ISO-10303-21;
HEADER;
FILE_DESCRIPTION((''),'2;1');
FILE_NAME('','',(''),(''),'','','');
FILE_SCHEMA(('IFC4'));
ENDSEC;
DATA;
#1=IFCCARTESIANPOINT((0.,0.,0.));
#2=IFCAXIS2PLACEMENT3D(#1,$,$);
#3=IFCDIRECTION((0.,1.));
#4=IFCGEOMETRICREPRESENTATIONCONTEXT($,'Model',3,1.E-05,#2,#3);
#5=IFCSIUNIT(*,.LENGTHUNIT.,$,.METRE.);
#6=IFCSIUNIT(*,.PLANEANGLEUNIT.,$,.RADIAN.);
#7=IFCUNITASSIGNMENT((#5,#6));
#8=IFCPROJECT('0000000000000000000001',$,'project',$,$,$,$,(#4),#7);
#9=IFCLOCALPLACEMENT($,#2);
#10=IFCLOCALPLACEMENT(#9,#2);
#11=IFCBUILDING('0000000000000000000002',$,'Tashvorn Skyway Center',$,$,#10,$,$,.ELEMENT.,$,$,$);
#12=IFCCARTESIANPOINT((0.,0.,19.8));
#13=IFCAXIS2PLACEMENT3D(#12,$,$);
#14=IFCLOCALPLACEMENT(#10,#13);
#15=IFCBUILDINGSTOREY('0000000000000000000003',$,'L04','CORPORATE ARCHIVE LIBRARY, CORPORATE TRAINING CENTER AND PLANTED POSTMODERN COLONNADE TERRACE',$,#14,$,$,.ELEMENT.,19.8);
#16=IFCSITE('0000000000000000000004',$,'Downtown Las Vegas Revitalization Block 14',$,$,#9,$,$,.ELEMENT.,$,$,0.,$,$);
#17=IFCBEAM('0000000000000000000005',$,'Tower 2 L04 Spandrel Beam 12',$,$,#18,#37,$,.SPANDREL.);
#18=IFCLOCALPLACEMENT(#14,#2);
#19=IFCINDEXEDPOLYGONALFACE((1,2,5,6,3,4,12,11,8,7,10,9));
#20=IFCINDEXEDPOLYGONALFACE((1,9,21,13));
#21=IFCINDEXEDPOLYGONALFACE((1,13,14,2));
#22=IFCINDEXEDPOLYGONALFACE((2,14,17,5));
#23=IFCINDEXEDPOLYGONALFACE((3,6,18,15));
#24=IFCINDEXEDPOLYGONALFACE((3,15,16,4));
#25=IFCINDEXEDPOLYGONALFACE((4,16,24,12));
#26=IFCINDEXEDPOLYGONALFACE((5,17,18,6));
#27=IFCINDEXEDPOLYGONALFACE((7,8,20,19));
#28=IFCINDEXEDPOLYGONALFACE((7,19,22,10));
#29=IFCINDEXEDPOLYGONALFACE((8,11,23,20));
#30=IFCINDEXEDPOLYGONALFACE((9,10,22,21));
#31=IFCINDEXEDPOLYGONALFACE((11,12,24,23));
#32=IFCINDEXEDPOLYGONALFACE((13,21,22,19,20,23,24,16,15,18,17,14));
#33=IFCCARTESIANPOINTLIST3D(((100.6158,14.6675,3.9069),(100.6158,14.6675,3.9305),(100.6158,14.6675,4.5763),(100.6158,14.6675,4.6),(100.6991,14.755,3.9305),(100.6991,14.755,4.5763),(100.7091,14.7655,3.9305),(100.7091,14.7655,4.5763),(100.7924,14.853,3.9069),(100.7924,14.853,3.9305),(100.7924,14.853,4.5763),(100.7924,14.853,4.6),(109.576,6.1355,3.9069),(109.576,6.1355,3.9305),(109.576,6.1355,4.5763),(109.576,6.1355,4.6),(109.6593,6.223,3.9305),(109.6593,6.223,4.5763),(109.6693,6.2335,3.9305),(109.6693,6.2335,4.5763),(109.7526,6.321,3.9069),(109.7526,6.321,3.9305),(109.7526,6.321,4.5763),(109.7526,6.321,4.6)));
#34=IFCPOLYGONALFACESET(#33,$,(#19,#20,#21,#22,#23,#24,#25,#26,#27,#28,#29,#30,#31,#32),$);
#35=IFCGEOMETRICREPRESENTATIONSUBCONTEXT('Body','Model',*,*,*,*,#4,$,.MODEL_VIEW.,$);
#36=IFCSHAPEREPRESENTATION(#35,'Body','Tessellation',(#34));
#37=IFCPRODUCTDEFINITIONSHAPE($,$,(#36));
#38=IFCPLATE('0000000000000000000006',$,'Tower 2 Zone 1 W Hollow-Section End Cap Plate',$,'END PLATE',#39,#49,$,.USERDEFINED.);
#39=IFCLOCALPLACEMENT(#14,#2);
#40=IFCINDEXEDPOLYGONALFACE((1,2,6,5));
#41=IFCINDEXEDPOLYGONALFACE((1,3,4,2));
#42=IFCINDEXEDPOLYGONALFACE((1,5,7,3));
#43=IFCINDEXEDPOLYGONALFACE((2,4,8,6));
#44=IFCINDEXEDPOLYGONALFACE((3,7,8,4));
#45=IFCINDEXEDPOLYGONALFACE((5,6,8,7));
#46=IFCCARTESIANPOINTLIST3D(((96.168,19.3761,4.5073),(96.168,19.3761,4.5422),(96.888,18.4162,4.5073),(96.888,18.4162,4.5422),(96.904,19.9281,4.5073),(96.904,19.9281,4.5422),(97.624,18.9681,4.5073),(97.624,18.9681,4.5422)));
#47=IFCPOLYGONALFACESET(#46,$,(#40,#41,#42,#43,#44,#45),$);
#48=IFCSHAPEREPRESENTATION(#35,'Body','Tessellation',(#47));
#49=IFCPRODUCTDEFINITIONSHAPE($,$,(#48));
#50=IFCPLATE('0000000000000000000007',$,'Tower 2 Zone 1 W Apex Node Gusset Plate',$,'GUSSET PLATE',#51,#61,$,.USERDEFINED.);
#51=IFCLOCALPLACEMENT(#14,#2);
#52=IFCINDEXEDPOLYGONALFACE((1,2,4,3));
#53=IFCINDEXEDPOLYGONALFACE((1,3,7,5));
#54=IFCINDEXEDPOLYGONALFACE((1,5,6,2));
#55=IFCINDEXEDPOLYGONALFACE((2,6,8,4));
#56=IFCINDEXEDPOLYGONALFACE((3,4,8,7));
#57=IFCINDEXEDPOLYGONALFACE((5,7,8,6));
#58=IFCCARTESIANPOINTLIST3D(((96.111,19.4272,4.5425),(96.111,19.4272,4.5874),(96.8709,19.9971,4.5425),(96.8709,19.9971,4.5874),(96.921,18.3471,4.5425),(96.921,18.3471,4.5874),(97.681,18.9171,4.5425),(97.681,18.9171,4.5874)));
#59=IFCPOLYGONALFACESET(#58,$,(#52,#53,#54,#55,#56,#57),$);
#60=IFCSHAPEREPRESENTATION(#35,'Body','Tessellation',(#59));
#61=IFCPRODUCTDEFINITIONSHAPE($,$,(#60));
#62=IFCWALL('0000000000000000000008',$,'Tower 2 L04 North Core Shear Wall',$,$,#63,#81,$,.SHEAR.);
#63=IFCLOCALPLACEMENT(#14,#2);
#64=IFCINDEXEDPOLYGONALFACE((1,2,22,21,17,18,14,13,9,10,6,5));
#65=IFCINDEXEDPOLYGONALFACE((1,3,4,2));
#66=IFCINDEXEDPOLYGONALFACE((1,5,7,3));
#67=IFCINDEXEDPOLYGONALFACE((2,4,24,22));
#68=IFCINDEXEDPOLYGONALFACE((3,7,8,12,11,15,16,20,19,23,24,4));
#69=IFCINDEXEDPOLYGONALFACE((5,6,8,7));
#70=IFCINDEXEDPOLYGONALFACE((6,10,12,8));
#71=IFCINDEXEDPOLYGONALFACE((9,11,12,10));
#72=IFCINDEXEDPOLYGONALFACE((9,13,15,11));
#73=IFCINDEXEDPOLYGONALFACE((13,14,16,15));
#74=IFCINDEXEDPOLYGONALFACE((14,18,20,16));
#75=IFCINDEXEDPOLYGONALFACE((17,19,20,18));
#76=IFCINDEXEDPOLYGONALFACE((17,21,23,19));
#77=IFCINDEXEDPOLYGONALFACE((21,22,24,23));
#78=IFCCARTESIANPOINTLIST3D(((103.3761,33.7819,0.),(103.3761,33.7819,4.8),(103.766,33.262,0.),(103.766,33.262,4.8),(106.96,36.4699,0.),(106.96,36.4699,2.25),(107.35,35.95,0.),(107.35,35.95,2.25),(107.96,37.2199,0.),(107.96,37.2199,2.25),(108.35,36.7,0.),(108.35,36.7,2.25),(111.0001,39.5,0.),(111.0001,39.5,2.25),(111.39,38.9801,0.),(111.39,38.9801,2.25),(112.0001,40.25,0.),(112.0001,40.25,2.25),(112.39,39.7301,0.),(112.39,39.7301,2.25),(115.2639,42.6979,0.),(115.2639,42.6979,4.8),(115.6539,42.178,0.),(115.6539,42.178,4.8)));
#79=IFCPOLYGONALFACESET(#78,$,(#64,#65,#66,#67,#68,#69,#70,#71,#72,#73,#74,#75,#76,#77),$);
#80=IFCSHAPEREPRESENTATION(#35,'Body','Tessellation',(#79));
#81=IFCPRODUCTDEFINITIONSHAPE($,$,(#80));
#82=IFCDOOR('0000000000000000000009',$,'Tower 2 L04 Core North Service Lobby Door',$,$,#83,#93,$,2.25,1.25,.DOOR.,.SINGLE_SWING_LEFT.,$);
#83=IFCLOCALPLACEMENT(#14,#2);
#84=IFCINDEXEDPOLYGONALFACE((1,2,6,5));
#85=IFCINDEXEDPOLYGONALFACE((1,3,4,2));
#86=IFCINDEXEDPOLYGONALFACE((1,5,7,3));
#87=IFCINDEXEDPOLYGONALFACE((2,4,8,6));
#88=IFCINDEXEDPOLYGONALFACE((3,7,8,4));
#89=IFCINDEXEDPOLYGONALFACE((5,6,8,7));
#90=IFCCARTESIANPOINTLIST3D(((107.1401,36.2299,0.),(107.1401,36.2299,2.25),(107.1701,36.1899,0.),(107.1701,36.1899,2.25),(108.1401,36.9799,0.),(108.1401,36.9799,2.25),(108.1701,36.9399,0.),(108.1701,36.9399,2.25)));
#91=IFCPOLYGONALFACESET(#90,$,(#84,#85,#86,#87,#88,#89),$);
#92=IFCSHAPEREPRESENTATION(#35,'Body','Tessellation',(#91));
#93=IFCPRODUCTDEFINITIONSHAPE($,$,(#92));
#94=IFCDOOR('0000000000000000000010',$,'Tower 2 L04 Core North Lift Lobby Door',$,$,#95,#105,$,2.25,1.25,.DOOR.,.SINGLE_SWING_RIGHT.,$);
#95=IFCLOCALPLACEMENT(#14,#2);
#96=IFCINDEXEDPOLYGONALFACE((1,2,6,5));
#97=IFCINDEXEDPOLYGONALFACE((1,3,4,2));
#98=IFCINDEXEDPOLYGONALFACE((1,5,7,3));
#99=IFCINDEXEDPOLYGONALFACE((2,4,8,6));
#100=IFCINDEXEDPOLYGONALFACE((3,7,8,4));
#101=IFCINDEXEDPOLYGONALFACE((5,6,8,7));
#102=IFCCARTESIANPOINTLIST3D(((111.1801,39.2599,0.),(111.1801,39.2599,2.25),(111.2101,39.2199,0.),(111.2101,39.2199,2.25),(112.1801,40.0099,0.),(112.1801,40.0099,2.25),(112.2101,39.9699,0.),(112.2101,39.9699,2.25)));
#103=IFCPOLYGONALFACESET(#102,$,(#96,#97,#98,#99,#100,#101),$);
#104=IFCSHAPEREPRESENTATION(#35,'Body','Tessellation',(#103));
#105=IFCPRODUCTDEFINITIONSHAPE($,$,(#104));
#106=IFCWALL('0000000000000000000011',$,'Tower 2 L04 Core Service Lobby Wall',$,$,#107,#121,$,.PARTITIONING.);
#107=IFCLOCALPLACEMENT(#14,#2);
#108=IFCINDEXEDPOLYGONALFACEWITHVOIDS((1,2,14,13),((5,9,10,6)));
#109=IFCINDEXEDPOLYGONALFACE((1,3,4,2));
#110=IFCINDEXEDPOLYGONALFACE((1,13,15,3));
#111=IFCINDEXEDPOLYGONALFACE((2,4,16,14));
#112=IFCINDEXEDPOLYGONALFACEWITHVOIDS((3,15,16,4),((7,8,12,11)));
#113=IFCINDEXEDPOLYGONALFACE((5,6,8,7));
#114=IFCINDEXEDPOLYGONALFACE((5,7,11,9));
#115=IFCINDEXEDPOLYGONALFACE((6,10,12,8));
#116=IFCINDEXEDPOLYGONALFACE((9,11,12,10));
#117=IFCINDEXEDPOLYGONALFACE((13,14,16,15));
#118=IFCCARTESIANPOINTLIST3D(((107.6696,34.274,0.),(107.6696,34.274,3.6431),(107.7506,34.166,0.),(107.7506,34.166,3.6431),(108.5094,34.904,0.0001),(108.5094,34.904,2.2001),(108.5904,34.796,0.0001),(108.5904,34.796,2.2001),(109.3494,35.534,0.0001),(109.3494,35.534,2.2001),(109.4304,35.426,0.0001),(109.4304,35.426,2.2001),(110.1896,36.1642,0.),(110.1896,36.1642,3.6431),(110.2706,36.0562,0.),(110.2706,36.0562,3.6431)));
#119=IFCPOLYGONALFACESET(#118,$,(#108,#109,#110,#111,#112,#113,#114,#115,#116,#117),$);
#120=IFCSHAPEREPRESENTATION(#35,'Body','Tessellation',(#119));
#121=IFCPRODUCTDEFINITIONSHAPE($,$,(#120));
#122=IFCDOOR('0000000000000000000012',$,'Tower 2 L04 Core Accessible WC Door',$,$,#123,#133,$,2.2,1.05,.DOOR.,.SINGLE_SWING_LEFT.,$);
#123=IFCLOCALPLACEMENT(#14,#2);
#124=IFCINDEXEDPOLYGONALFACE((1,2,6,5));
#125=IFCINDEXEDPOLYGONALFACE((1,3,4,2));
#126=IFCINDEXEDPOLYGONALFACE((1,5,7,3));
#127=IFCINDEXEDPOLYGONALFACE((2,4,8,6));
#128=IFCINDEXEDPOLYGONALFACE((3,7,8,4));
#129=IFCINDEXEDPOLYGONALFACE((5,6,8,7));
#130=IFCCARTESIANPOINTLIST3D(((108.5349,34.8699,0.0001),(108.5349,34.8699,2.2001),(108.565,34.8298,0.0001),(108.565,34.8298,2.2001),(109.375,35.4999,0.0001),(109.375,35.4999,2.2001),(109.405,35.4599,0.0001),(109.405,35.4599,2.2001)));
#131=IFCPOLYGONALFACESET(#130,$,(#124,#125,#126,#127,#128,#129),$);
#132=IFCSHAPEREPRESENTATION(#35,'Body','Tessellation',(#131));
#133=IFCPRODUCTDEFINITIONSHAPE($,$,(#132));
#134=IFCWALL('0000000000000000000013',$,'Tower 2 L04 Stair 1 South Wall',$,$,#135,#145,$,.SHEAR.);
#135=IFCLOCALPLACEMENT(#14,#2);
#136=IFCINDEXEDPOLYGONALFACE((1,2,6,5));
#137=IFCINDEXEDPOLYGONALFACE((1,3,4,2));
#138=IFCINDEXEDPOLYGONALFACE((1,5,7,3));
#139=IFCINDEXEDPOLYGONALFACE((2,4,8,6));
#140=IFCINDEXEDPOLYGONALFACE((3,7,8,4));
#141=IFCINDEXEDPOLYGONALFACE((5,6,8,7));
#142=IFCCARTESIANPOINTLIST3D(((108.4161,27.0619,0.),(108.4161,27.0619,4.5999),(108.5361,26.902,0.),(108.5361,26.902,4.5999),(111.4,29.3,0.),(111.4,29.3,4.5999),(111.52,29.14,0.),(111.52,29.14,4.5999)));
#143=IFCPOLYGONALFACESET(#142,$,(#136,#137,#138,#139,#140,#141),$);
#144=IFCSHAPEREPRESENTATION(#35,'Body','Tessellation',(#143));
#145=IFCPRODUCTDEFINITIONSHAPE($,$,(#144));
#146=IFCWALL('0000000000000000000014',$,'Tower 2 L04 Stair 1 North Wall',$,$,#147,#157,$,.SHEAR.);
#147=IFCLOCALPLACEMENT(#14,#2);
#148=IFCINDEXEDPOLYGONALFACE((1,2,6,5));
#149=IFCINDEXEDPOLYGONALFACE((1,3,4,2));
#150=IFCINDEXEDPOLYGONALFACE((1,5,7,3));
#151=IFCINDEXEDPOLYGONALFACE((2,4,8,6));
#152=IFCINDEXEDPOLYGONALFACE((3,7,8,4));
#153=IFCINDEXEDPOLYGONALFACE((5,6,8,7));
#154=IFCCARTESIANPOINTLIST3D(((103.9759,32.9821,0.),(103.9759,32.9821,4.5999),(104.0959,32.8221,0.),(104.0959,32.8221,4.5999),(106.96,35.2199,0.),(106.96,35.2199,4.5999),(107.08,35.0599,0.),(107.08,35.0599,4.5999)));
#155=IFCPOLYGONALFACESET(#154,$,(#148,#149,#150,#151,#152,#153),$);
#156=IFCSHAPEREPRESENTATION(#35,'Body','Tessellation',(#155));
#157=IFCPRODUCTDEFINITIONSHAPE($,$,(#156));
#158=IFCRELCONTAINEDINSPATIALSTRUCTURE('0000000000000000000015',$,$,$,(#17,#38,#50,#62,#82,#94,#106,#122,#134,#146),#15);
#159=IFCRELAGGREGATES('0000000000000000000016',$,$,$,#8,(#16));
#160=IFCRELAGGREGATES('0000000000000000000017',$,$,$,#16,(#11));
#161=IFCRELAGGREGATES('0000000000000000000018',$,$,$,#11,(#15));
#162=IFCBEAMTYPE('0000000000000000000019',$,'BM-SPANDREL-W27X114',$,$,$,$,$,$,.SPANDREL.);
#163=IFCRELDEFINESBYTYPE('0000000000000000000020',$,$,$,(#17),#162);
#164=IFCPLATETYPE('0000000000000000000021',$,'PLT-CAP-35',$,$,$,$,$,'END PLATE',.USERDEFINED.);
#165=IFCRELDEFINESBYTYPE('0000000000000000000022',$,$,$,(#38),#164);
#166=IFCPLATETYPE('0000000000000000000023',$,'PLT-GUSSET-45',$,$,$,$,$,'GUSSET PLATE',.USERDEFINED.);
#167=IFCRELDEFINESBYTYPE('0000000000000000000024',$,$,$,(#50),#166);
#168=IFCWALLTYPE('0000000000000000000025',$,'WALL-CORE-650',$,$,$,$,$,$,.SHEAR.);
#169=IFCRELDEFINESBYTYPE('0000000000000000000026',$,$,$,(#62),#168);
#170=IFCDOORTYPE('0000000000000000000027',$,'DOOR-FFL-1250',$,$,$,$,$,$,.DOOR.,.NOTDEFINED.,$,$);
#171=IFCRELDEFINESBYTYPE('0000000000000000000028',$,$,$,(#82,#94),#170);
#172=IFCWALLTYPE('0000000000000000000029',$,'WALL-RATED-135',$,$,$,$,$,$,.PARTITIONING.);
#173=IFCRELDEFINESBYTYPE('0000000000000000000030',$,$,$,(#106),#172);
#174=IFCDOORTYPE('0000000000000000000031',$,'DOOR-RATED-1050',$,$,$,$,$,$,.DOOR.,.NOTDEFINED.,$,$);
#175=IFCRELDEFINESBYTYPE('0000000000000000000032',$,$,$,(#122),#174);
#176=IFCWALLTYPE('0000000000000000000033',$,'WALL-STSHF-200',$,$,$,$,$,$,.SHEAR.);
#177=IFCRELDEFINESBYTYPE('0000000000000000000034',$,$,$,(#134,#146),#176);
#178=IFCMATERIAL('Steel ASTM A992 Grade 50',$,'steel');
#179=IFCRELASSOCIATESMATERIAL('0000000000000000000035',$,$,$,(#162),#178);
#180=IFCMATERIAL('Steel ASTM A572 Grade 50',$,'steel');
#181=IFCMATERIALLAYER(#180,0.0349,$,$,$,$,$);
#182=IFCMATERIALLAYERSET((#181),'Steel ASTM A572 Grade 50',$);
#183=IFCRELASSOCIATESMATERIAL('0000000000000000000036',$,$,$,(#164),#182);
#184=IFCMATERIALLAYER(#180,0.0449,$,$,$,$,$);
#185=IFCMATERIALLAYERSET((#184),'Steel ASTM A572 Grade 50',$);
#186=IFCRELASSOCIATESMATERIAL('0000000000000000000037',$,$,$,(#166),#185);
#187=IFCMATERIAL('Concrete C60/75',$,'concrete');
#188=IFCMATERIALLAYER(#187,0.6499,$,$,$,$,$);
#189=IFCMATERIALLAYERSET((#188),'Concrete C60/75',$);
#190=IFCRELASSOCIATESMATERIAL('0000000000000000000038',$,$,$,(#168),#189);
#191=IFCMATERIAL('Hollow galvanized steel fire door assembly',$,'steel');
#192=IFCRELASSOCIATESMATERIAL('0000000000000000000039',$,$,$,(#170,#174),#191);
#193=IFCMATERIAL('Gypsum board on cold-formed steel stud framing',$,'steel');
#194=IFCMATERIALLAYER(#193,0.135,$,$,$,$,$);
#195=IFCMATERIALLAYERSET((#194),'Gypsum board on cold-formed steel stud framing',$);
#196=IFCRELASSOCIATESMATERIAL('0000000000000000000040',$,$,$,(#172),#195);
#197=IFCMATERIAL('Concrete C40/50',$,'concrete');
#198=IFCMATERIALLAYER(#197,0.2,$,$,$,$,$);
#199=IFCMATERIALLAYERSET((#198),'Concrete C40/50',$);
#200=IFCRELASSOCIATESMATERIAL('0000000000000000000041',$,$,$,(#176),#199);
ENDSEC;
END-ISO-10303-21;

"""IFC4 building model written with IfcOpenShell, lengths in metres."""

from ifc_helpers import new_model, si_unit, direction, frame, frame_2d, origin, origin_2d, place, context, subcontext, project, spatial, rectangle, i_section, extrude, material, layer, layer_set, material_profile, profile_set, type_object, element, fill, save


model = new_model("IFC4")

# Units and contexts
model_context = context("Model", 3, precision=1e-05, world=origin(), true_north=direction((0.0, 1.0)))
body_context = subcontext(model_context, "Body", "Model", "MODEL_VIEW")
ifc_project = project(units=[si_unit("LENGTHUNIT", "METRE"), si_unit("PLANEANGLEUNIT", "RADIAN")], contexts=[model_context])

# Site, building, storey
site_placement = place(None, origin())
site = spatial("IfcSite", under=ifc_project, at=site_placement, Name="Downtown Las Vegas Revitalization Block 14", CompositionType="ELEMENT", RefElevation=0.0)
building_placement = place(site_placement, origin())
building = spatial("IfcBuilding", under=site, at=building_placement, Name="Tashvorn Skyway Center", CompositionType="ELEMENT")
storey_placement = place(building_placement, frame((0.0, 0.0, 19.8)))
storey = spatial("IfcBuildingStorey", under=building, at=storey_placement, Name="L04", Description="CORPORATE ARCHIVE LIBRARY, CORPORATE TRAINING CENTER AND PLANTED POSTMODERN COLONNADE TERRACE", CompositionType="ELEMENT", Elevation=19.8)

# Shared definitions
ifc_material_1 = material(Name="Steel ASTM A572 Grade 50", Category="steel")

# Beam
ifc_material_2 = material(Name="Steel ASTM A992 Grade 50", Category="steel")
ifc_material_profile_1 = material_profile(ifc_material_2, i_section(OverallWidth=0.2561, OverallDepth=0.6931, WebThickness=0.0144, FlangeThickness=0.0237, at=origin_2d()), Name="W27X114")
ifc_profile_set_1 = profile_set([ifc_material_profile_1], Name="Steel ASTM A992 Grade 50")
beam_type_1 = type_object("IfcBeamType", Name="BM-SPANDREL-W27X114", PredefinedType="SPANDREL", material=ifc_profile_set_1)
beam_1_placement = place(storey_placement, frame((100.7041, 14.7603, 4.2534), z_axis=(0.7242, -0.68959, 0.0), x_axis=(0.68959, 0.7242, 0.0)))
element("IfcBeam", 1, at=beam_1_placement, inside=storey, type_object=beam_type_1, Name="Tower 2 L04 Spandrel Beam 12", PredefinedType="SPANDREL", context=body_context, shape_type="SweptSolid", body=[
    extrude(i_section(OverallWidth=0.2561, OverallDepth=0.6931, WebThickness=0.0144, FlangeThickness=0.0237, at=origin_2d()), origin(), (0.0, 0.0, 1.0), 12.3726),
])

# Plates
ifc_layer_1 = layer(ifc_material_1, 0.0349)
ifc_layer_set_1 = layer_set([ifc_layer_1], Name="Steel ASTM A572 Grade 50")
plate_type_1 = type_object("IfcPlateType", Name="PLT-CAP-35", ElementType="END PLATE", PredefinedType="USERDEFINED", material=ifc_layer_set_1)
plate_1_placement = place(storey_placement, frame((96.896, 19.1721, 4.5073), z_axis=(0.0, 0.0, 1.0), x_axis=(0.6, -0.8, 0.0)))
element("IfcPlate", 2, at=plate_1_placement, inside=storey, type_object=plate_type_1, Name="Tower 2 Zone 1 W Hollow-Section End Cap Plate", ObjectType="END PLATE", PredefinedType="USERDEFINED", context=body_context, shape_type="SweptSolid", body=[
    extrude(rectangle(XDim=1.2, YDim=0.9199, at=origin_2d()), origin(), (0.0, 0.0, 1.0), 0.0349),
])
ifc_layer_2 = layer(ifc_material_1, 0.0449)
ifc_layer_set_2 = layer_set([ifc_layer_2], Name="Steel ASTM A572 Grade 50")
plate_type_2 = type_object("IfcPlateType", Name="PLT-GUSSET-45", ElementType="GUSSET PLATE", PredefinedType="USERDEFINED", material=ifc_layer_set_2)
plate_2_placement = place(storey_placement, frame((96.896, 19.1721, 4.5425), z_axis=(0.0, 0.0, 1.0), x_axis=(0.6, -0.8, 0.0)))
element("IfcPlate", 3, at=plate_2_placement, inside=storey, type_object=plate_type_2, Name="Tower 2 Zone 1 W Apex Node Gusset Plate", ObjectType="GUSSET PLATE", PredefinedType="USERDEFINED", context=body_context, shape_type="SweptSolid", body=[
    extrude(rectangle(XDim=1.3501, YDim=0.95, at=origin_2d()), origin(), (0.0, 0.0, 1.0), 0.0449),
])

# Wall, openings, doors
ifc_material_3 = material(Name="Concrete C60/75", Category="concrete")
ifc_layer_3 = layer(ifc_material_3, 0.6499)
ifc_layer_set_3 = layer_set([ifc_layer_3], Name="Concrete C60/75")
wall_type_1 = type_object("IfcWallType", Name="WALL-CORE-650", PredefinedType="SHEAR", material=ifc_layer_set_3)
wall_1_placement = place(storey_placement, frame((103.571, 33.522, 0.0), z_axis=(0.0, 0.0, 1.0), x_axis=(0.799998, 0.600003, 0.0)))
wall_1 = element("IfcWall", 4, at=wall_1_placement, inside=storey, type_object=wall_type_1, Name="Tower 2 L04 North Core Shear Wall", PredefinedType="SHEAR", context=body_context, shape_type="SweptSolid", body=[
    extrude(rectangle(XDim=14.8599, YDim=0.6499, at=frame_2d((7.4299, 0.0))), origin(), (0.0, 0.0, 1.0), 4.8),
])
opening_1_placement = place(wall_1_placement, frame((4.48, 0.0, 0.0)))
opening_1 = element("IfcOpeningElement", 5, at=opening_1_placement, cuts=wall_1, PredefinedType="OPENING", context=body_context, shape_type="SweptSolid", body=[
    extrude(rectangle(XDim=1.25, YDim=2.25, at=frame_2d((0.625, 1.125))), frame((0.0, 0.335, 0.0), z_axis=(0.0, -1.0, 0.0), x_axis=(1.0, 0.0, 0.0)), (0.0, 0.0, 1.0), 0.6699),
])
opening_2_placement = place(wall_1_placement, frame((9.53, 0.0, 0.0)))
opening_2 = element("IfcOpeningElement", 6, at=opening_2_placement, cuts=wall_1, PredefinedType="OPENING", context=body_context, shape_type="SweptSolid", body=[
    extrude(rectangle(XDim=1.25, YDim=2.25, at=frame_2d((0.625, 1.125))), frame((0.0, 0.335, 0.0), z_axis=(0.0, -1.0, 0.0), x_axis=(1.0, 0.0, 0.0)), (0.0, 0.0, 1.0), 0.6699),
])
ifc_material_4 = material(Name="Hollow galvanized steel fire door assembly", Category="steel")
door_type_1 = type_object("IfcDoorType", Name="DOOR-FFL-1250", OperationType="NOTDEFINED", PredefinedType="DOOR", material=ifc_material_4)
door_1_placement = place(opening_1_placement, origin())
door_1 = element("IfcDoor", 7, at=door_1_placement, inside=storey, type_object=door_type_1, Name="Tower 2 L04 Core North Service Lobby Door", OperationType="SINGLE_SWING_LEFT", OverallHeight=2.25, OverallWidth=1.25, PredefinedType="DOOR", context=body_context, shape_type="SweptSolid", body=[
    extrude(rectangle(XDim=1.25, YDim=2.25, at=frame_2d((0.625, 1.125))), frame((0.0, 0.0249, 0.0), z_axis=(0.0, -1.0, 0.0), x_axis=(1.0, 0.0, 0.0)), (0.0, 0.0, 1.0), 0.05),
])
fill(opening_1, door_1)
door_2_placement = place(opening_2_placement, origin())
door_2 = element("IfcDoor", 8, at=door_2_placement, inside=storey, type_object=door_type_1, Name="Tower 2 L04 Core North Lift Lobby Door", OperationType="SINGLE_SWING_RIGHT", OverallHeight=2.25, OverallWidth=1.25, PredefinedType="DOOR", context=body_context, shape_type="SweptSolid", body=[
    extrude(rectangle(XDim=1.25, YDim=2.25, at=frame_2d((0.625, 1.125))), frame((0.0, 0.0249, 0.0), z_axis=(0.0, -1.0, 0.0), x_axis=(1.0, 0.0, 0.0)), (0.0, 0.0, 1.0), 0.05),
])
fill(opening_2, door_2)

# Wall, opening, door
ifc_material_5 = material(Name="Gypsum board on cold-formed steel stud framing", Category="steel")
ifc_layer_4 = layer(ifc_material_5, 0.135)
ifc_layer_set_4 = layer_set([ifc_layer_4], Name="Gypsum board on cold-formed steel stud framing")
wall_type_2 = type_object("IfcWallType", Name="WALL-RATED-135", PredefinedType="PARTITIONING", material=ifc_layer_set_4)
wall_2_placement = place(storey_placement, frame((107.71, 34.22, 0.0), z_axis=(0.0, 0.0, 1.0), x_axis=(0.799981, 0.600025, 0.0)))
wall_2 = element("IfcWall", 9, at=wall_2_placement, inside=storey, type_object=wall_type_2, Name="Tower 2 L04 Core Service Lobby Wall", PredefinedType="PARTITIONING", context=body_context, shape_type="SweptSolid", body=[
    extrude(rectangle(XDim=3.1501, YDim=0.135, at=frame_2d((1.5752, 0.0))), origin(), (0.0, 0.0, 1.0), 3.6431),
])
opening_3_placement = place(wall_2_placement, frame((1.05, 0.0, 0.0)))
opening_3 = element("IfcOpeningElement", 10, at=opening_3_placement, cuts=wall_2, PredefinedType="OPENING", context=body_context, shape_type="SweptSolid", body=[
    extrude(rectangle(XDim=1.05, YDim=2.2, at=frame_2d((0.5249, 1.1001))), frame((0.0, 0.0774, 0.0), z_axis=(0.0, -1.0, 0.0), x_axis=(1.0, 0.0, 0.0)), (0.0, 0.0, 1.0), 0.155),
])
door_type_2 = type_object("IfcDoorType", Name="DOOR-RATED-1050", OperationType="NOTDEFINED", PredefinedType="DOOR", material=ifc_material_4)
door_3_placement = place(opening_3_placement, origin())
door_3 = element("IfcDoor", 11, at=door_3_placement, inside=storey, type_object=door_type_2, Name="Tower 2 L04 Core Accessible WC Door", OperationType="SINGLE_SWING_LEFT", OverallHeight=2.2, OverallWidth=1.05, PredefinedType="DOOR", context=body_context, shape_type="SweptSolid", body=[
    extrude(rectangle(XDim=1.05, YDim=2.2, at=frame_2d((0.5249, 1.1001))), frame((0.0, 0.0249, 0.0), z_axis=(0.0, -1.0, 0.0), x_axis=(1.0, 0.0, 0.0)), (0.0, 0.0, 1.0), 0.05),
])
fill(opening_3, door_3)

# Walls
ifc_material_6 = material(Name="Concrete C40/50", Category="concrete")
ifc_layer_5 = layer(ifc_material_6, 0.2)
ifc_layer_set_5 = layer_set([ifc_layer_5], Name="Concrete C40/50")
wall_type_3 = type_object("IfcWallType", Name="WALL-STSHF-200", PredefinedType="SHEAR", material=ifc_layer_set_5)
for number, where, z_axis, x_axis, name in (
    (12, (108.4761, 26.9819, 0.0), (0.0, 0.0, 1.0), (0.799984, 0.600021, 0.0), "Tower 2 L04 Stair 1 South Wall"),
    (13, (104.0359, 32.9021, 0.0), (0.0, 0.0, 1.0), (0.800039, 0.599948, 0.0), "Tower 2 L04 Stair 1 North Wall"),
):
    element("IfcWall", number, at=place(storey_placement, frame(where, z_axis=z_axis, x_axis=x_axis)), inside=storey, type_object=wall_type_3, Name=name, PredefinedType="SHEAR", context=body_context, shape_type="SweptSolid", body=[
        extrude(rectangle(XDim=3.73, YDim=0.2, at=frame_2d((1.865, 0.0))), origin(), (0.0, 0.0, 1.0), 4.5999),
    ])

save(model, "model.ifc")
